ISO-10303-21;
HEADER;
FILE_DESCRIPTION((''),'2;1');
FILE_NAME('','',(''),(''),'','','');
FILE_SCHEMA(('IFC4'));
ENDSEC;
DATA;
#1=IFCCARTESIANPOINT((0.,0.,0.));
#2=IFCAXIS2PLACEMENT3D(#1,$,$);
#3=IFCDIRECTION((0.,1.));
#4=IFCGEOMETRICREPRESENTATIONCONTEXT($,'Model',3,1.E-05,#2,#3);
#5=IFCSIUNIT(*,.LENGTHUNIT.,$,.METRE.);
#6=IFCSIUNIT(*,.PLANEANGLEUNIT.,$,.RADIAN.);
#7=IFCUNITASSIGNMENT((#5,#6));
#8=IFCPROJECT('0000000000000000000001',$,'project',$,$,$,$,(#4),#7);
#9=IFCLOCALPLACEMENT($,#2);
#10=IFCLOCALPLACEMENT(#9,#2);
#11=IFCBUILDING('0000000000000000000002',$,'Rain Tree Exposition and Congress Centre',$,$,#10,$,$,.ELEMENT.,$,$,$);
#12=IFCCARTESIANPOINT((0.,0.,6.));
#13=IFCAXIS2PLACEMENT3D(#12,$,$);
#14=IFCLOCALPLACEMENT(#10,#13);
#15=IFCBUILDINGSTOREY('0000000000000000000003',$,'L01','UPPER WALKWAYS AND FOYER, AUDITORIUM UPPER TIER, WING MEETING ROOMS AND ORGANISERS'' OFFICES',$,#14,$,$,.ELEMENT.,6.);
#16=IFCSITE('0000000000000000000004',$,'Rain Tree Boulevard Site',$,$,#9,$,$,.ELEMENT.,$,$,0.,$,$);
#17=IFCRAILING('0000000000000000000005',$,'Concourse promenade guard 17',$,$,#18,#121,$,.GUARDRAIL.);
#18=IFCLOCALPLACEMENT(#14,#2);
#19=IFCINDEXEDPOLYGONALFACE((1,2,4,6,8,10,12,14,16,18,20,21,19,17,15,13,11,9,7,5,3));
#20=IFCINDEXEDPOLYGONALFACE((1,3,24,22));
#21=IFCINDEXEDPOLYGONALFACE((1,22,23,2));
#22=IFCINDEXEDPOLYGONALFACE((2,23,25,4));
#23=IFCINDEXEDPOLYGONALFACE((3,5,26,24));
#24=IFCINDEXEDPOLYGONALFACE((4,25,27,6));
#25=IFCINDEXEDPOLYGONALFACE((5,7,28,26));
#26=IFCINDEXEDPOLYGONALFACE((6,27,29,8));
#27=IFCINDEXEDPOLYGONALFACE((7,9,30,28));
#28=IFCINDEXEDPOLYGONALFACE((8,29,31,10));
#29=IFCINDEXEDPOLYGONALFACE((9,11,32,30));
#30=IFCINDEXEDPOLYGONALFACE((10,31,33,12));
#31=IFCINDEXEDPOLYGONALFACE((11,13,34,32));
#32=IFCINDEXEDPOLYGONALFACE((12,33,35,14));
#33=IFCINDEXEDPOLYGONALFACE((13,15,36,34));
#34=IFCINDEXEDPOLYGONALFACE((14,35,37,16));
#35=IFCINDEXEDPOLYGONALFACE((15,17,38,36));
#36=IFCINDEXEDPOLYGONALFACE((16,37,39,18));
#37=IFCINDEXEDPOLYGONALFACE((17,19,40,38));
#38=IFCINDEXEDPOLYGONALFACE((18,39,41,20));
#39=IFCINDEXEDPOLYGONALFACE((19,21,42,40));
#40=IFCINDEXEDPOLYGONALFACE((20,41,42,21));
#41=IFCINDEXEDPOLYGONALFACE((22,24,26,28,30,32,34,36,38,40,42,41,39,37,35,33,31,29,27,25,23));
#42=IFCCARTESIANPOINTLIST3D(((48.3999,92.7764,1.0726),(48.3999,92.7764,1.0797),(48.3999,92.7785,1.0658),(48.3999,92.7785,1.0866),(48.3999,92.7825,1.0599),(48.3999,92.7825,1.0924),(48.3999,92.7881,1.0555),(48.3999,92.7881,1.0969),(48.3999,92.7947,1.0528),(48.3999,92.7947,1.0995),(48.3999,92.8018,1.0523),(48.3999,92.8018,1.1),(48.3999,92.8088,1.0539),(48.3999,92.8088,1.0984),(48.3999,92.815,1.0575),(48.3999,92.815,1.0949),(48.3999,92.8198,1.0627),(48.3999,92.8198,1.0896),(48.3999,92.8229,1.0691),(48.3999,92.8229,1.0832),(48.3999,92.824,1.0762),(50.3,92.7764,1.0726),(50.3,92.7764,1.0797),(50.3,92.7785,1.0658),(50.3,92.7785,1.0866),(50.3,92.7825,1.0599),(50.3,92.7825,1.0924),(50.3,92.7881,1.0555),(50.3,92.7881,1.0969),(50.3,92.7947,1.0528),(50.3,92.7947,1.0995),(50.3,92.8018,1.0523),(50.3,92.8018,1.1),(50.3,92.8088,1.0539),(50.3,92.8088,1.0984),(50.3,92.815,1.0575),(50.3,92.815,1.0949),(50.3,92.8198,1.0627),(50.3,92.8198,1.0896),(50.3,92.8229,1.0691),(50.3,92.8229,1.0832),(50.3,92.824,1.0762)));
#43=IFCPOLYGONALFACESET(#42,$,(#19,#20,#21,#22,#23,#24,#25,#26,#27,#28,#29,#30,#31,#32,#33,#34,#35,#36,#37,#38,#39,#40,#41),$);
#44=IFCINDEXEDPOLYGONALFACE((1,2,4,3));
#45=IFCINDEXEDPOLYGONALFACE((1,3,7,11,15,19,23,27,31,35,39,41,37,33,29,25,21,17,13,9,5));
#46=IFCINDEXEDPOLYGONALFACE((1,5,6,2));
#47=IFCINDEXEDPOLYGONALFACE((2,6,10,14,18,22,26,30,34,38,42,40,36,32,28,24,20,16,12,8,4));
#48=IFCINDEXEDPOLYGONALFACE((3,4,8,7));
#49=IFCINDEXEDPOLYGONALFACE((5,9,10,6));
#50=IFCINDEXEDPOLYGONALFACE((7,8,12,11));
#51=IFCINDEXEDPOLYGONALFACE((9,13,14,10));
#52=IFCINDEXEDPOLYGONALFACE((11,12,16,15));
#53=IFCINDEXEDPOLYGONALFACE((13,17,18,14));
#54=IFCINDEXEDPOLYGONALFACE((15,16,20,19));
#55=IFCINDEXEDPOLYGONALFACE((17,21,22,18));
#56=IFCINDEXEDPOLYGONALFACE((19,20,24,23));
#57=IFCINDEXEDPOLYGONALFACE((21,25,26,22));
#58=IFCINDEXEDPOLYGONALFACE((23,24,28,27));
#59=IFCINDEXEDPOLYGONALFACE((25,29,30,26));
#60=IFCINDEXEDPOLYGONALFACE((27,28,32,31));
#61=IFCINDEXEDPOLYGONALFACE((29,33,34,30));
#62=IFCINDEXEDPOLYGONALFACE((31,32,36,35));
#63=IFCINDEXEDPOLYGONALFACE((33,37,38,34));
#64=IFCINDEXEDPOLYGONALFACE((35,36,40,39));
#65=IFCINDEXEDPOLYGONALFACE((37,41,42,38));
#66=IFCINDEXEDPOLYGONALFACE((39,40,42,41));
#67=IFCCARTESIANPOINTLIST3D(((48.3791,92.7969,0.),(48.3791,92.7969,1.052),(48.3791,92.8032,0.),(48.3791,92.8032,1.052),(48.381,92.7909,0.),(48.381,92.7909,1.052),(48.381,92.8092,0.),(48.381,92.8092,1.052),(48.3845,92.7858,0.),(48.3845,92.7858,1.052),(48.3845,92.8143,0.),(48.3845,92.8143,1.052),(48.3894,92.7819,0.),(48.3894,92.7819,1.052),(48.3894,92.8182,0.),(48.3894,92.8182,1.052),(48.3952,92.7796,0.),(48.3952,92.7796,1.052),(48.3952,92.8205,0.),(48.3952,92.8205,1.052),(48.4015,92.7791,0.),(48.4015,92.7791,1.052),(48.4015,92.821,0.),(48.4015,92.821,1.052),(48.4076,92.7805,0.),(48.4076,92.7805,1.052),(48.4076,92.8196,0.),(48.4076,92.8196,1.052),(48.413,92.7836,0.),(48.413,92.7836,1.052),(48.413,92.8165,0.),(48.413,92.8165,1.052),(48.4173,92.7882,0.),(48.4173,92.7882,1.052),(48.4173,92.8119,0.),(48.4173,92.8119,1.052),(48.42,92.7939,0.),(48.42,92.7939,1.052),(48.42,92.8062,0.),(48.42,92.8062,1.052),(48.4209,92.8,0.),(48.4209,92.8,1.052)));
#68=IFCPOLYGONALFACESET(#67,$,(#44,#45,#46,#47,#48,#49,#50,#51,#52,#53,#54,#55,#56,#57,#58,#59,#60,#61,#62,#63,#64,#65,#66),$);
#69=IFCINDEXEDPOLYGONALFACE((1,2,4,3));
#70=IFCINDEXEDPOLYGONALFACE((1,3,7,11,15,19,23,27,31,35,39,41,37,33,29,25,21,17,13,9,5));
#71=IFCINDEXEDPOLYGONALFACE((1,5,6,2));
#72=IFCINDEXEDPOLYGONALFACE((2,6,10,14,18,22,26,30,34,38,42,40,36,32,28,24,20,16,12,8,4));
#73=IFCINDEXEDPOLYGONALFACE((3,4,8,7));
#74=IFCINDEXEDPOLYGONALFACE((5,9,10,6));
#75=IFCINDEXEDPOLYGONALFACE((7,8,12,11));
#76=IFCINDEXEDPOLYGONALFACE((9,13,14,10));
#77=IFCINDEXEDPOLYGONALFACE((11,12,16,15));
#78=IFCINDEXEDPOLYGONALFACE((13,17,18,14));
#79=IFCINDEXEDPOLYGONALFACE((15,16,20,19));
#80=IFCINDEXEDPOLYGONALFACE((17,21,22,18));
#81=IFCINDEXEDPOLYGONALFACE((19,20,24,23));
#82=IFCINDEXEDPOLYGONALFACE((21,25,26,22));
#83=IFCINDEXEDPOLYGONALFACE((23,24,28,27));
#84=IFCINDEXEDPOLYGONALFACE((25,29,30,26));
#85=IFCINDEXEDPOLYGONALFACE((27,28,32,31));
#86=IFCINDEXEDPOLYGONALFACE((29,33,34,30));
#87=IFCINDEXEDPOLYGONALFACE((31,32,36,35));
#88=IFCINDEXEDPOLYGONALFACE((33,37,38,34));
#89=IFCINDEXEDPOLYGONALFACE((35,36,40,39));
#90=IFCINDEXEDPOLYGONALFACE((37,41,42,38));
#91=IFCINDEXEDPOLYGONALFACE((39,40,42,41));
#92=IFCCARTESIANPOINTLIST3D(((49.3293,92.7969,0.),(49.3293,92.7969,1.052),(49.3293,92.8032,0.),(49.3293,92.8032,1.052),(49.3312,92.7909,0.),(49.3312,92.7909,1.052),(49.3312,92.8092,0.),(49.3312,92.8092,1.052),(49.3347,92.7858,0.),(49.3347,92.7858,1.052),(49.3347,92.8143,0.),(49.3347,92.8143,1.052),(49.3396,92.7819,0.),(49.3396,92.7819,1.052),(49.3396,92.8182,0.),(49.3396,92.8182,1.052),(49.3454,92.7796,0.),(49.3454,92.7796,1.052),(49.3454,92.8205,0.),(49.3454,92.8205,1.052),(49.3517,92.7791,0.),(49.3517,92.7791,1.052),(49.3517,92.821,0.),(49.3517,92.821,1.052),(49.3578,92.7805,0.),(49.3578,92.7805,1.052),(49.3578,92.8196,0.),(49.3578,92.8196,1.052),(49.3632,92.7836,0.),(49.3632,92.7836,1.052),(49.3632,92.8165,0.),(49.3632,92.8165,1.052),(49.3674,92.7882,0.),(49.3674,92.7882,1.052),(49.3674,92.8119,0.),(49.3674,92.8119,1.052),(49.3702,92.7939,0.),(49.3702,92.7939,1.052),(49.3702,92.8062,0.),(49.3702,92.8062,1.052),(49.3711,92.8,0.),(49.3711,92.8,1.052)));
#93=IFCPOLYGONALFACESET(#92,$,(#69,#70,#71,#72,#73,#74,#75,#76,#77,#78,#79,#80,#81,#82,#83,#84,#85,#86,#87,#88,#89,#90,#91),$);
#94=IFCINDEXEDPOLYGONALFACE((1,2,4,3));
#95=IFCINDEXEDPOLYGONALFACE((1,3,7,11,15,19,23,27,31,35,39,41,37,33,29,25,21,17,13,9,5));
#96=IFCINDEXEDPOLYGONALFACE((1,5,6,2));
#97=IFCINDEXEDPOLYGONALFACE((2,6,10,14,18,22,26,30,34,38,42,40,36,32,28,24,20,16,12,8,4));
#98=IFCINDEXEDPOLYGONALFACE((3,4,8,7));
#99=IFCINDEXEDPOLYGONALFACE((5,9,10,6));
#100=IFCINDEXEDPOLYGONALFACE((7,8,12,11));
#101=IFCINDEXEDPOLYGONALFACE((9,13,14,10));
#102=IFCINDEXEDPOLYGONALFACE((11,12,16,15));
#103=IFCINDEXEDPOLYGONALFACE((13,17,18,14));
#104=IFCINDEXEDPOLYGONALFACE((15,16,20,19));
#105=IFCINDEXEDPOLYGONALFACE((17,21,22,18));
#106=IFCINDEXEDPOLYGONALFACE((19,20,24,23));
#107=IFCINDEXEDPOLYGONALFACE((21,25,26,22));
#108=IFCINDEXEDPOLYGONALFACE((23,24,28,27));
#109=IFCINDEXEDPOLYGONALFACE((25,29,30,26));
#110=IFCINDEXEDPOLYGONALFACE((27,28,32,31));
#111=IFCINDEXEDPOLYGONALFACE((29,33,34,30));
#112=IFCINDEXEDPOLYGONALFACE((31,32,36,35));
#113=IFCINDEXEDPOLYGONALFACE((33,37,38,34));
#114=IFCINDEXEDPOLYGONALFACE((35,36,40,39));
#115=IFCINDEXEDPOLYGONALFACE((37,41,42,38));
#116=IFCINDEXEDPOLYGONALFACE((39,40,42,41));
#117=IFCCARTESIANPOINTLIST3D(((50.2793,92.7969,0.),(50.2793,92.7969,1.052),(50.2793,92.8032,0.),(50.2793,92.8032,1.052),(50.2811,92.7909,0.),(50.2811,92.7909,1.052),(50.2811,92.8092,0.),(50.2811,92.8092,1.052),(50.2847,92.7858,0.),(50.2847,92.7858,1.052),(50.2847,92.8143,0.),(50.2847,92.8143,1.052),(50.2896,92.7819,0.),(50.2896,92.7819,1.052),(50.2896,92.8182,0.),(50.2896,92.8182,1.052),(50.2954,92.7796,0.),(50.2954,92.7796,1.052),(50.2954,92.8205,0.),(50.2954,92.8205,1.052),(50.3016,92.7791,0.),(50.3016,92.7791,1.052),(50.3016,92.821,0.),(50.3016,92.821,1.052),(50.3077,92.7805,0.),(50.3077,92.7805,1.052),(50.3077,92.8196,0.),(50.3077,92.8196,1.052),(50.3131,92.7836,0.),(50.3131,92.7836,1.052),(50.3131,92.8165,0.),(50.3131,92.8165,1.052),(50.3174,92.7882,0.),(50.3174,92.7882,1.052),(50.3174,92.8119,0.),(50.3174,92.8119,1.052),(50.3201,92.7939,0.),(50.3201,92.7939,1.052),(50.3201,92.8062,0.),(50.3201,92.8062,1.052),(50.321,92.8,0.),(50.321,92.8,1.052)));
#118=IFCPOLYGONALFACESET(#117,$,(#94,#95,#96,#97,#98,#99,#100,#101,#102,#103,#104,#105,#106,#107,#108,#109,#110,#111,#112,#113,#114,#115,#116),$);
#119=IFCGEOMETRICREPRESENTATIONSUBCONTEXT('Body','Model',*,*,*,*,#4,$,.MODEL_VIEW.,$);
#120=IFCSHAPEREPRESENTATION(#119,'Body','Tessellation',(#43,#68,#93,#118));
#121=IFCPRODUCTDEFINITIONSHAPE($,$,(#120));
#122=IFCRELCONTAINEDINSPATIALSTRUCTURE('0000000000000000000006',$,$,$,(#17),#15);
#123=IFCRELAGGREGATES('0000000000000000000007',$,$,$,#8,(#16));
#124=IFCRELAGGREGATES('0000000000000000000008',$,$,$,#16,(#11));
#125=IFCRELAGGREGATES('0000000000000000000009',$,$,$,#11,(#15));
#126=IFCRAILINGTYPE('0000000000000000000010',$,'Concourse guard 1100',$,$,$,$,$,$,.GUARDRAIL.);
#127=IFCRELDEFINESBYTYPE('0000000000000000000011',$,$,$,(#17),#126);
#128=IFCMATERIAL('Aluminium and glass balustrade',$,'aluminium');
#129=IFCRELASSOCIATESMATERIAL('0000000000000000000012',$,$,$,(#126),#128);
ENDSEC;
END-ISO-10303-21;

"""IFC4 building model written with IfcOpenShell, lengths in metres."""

from ifc_helpers import new_model, si_unit, direction, frame, origin, origin_2d, place, context, subcontext, project, spatial, circle, extrude, material, type_object, element, save


model = new_model("IFC4")

# Units and contexts
model_context = context("Model", 3, precision=1e-05, world=origin(), true_north=direction((0.0, 1.0)))
body_context = subcontext(model_context, "Body", "Model", "MODEL_VIEW")
ifc_project = project(units=[si_unit("LENGTHUNIT", "METRE"), si_unit("PLANEANGLEUNIT", "RADIAN")], contexts=[model_context])

# Site, building, storey
site_placement = place(None, origin())
site = spatial("IfcSite", under=ifc_project, at=site_placement, Name="Rain Tree Boulevard Site", CompositionType="ELEMENT", RefElevation=0.0)
building_placement = place(site_placement, origin())
building = spatial("IfcBuilding", under=site, at=building_placement, Name="Rain Tree Exposition and Congress Centre", CompositionType="ELEMENT")
storey_placement = place(building_placement, frame((0.0, 0.0, 6.0)))
storey = spatial("IfcBuildingStorey", under=building, at=storey_placement, Name="L01", Description="UPPER WALKWAYS AND FOYER, AUDITORIUM UPPER TIER, WING MEETING ROOMS AND ORGANISERS' OFFICES", CompositionType="ELEMENT", Elevation=6.0)

# Railing
ifc_material_1 = material(Name="Aluminium and glass balustrade", Category="aluminium")
railing_type = type_object("IfcRailingType", Name="Concourse guard 1100", PredefinedType="GUARDRAIL", material=ifc_material_1)
railing_placement = place(storey_placement, frame((48.3999, 92.8, 0.0)))
element("IfcRailing", 1, at=railing_placement, inside=storey, type_object=railing_type, Name="Concourse promenade guard 17", PredefinedType="GUARDRAIL", context=body_context, shape_type="SweptSolid", body=[
    extrude(circle(Radius=0.0239, at=origin_2d()), frame((0.0, 0.0, 1.0762), z_axis=(1.0, 0.0, 0.0), x_axis=(0.0, 1.0, 0.0)), (0.0, 0.0, 1.0), 1.9001),
    extrude(circle(Radius=0.021, at=origin_2d()), origin(), (0.0, 0.0, 1.0), 1.052),
    extrude(circle(Radius=0.021, at=origin_2d()), frame((0.9502, 0.0, 0.0)), (0.0, 0.0, 1.0), 1.052),
    extrude(circle(Radius=0.021, at=origin_2d()), frame((1.9001, 0.0, 0.0)), (0.0, 0.0, 1.0), 1.052),
])

save(model, "model.ifc")
